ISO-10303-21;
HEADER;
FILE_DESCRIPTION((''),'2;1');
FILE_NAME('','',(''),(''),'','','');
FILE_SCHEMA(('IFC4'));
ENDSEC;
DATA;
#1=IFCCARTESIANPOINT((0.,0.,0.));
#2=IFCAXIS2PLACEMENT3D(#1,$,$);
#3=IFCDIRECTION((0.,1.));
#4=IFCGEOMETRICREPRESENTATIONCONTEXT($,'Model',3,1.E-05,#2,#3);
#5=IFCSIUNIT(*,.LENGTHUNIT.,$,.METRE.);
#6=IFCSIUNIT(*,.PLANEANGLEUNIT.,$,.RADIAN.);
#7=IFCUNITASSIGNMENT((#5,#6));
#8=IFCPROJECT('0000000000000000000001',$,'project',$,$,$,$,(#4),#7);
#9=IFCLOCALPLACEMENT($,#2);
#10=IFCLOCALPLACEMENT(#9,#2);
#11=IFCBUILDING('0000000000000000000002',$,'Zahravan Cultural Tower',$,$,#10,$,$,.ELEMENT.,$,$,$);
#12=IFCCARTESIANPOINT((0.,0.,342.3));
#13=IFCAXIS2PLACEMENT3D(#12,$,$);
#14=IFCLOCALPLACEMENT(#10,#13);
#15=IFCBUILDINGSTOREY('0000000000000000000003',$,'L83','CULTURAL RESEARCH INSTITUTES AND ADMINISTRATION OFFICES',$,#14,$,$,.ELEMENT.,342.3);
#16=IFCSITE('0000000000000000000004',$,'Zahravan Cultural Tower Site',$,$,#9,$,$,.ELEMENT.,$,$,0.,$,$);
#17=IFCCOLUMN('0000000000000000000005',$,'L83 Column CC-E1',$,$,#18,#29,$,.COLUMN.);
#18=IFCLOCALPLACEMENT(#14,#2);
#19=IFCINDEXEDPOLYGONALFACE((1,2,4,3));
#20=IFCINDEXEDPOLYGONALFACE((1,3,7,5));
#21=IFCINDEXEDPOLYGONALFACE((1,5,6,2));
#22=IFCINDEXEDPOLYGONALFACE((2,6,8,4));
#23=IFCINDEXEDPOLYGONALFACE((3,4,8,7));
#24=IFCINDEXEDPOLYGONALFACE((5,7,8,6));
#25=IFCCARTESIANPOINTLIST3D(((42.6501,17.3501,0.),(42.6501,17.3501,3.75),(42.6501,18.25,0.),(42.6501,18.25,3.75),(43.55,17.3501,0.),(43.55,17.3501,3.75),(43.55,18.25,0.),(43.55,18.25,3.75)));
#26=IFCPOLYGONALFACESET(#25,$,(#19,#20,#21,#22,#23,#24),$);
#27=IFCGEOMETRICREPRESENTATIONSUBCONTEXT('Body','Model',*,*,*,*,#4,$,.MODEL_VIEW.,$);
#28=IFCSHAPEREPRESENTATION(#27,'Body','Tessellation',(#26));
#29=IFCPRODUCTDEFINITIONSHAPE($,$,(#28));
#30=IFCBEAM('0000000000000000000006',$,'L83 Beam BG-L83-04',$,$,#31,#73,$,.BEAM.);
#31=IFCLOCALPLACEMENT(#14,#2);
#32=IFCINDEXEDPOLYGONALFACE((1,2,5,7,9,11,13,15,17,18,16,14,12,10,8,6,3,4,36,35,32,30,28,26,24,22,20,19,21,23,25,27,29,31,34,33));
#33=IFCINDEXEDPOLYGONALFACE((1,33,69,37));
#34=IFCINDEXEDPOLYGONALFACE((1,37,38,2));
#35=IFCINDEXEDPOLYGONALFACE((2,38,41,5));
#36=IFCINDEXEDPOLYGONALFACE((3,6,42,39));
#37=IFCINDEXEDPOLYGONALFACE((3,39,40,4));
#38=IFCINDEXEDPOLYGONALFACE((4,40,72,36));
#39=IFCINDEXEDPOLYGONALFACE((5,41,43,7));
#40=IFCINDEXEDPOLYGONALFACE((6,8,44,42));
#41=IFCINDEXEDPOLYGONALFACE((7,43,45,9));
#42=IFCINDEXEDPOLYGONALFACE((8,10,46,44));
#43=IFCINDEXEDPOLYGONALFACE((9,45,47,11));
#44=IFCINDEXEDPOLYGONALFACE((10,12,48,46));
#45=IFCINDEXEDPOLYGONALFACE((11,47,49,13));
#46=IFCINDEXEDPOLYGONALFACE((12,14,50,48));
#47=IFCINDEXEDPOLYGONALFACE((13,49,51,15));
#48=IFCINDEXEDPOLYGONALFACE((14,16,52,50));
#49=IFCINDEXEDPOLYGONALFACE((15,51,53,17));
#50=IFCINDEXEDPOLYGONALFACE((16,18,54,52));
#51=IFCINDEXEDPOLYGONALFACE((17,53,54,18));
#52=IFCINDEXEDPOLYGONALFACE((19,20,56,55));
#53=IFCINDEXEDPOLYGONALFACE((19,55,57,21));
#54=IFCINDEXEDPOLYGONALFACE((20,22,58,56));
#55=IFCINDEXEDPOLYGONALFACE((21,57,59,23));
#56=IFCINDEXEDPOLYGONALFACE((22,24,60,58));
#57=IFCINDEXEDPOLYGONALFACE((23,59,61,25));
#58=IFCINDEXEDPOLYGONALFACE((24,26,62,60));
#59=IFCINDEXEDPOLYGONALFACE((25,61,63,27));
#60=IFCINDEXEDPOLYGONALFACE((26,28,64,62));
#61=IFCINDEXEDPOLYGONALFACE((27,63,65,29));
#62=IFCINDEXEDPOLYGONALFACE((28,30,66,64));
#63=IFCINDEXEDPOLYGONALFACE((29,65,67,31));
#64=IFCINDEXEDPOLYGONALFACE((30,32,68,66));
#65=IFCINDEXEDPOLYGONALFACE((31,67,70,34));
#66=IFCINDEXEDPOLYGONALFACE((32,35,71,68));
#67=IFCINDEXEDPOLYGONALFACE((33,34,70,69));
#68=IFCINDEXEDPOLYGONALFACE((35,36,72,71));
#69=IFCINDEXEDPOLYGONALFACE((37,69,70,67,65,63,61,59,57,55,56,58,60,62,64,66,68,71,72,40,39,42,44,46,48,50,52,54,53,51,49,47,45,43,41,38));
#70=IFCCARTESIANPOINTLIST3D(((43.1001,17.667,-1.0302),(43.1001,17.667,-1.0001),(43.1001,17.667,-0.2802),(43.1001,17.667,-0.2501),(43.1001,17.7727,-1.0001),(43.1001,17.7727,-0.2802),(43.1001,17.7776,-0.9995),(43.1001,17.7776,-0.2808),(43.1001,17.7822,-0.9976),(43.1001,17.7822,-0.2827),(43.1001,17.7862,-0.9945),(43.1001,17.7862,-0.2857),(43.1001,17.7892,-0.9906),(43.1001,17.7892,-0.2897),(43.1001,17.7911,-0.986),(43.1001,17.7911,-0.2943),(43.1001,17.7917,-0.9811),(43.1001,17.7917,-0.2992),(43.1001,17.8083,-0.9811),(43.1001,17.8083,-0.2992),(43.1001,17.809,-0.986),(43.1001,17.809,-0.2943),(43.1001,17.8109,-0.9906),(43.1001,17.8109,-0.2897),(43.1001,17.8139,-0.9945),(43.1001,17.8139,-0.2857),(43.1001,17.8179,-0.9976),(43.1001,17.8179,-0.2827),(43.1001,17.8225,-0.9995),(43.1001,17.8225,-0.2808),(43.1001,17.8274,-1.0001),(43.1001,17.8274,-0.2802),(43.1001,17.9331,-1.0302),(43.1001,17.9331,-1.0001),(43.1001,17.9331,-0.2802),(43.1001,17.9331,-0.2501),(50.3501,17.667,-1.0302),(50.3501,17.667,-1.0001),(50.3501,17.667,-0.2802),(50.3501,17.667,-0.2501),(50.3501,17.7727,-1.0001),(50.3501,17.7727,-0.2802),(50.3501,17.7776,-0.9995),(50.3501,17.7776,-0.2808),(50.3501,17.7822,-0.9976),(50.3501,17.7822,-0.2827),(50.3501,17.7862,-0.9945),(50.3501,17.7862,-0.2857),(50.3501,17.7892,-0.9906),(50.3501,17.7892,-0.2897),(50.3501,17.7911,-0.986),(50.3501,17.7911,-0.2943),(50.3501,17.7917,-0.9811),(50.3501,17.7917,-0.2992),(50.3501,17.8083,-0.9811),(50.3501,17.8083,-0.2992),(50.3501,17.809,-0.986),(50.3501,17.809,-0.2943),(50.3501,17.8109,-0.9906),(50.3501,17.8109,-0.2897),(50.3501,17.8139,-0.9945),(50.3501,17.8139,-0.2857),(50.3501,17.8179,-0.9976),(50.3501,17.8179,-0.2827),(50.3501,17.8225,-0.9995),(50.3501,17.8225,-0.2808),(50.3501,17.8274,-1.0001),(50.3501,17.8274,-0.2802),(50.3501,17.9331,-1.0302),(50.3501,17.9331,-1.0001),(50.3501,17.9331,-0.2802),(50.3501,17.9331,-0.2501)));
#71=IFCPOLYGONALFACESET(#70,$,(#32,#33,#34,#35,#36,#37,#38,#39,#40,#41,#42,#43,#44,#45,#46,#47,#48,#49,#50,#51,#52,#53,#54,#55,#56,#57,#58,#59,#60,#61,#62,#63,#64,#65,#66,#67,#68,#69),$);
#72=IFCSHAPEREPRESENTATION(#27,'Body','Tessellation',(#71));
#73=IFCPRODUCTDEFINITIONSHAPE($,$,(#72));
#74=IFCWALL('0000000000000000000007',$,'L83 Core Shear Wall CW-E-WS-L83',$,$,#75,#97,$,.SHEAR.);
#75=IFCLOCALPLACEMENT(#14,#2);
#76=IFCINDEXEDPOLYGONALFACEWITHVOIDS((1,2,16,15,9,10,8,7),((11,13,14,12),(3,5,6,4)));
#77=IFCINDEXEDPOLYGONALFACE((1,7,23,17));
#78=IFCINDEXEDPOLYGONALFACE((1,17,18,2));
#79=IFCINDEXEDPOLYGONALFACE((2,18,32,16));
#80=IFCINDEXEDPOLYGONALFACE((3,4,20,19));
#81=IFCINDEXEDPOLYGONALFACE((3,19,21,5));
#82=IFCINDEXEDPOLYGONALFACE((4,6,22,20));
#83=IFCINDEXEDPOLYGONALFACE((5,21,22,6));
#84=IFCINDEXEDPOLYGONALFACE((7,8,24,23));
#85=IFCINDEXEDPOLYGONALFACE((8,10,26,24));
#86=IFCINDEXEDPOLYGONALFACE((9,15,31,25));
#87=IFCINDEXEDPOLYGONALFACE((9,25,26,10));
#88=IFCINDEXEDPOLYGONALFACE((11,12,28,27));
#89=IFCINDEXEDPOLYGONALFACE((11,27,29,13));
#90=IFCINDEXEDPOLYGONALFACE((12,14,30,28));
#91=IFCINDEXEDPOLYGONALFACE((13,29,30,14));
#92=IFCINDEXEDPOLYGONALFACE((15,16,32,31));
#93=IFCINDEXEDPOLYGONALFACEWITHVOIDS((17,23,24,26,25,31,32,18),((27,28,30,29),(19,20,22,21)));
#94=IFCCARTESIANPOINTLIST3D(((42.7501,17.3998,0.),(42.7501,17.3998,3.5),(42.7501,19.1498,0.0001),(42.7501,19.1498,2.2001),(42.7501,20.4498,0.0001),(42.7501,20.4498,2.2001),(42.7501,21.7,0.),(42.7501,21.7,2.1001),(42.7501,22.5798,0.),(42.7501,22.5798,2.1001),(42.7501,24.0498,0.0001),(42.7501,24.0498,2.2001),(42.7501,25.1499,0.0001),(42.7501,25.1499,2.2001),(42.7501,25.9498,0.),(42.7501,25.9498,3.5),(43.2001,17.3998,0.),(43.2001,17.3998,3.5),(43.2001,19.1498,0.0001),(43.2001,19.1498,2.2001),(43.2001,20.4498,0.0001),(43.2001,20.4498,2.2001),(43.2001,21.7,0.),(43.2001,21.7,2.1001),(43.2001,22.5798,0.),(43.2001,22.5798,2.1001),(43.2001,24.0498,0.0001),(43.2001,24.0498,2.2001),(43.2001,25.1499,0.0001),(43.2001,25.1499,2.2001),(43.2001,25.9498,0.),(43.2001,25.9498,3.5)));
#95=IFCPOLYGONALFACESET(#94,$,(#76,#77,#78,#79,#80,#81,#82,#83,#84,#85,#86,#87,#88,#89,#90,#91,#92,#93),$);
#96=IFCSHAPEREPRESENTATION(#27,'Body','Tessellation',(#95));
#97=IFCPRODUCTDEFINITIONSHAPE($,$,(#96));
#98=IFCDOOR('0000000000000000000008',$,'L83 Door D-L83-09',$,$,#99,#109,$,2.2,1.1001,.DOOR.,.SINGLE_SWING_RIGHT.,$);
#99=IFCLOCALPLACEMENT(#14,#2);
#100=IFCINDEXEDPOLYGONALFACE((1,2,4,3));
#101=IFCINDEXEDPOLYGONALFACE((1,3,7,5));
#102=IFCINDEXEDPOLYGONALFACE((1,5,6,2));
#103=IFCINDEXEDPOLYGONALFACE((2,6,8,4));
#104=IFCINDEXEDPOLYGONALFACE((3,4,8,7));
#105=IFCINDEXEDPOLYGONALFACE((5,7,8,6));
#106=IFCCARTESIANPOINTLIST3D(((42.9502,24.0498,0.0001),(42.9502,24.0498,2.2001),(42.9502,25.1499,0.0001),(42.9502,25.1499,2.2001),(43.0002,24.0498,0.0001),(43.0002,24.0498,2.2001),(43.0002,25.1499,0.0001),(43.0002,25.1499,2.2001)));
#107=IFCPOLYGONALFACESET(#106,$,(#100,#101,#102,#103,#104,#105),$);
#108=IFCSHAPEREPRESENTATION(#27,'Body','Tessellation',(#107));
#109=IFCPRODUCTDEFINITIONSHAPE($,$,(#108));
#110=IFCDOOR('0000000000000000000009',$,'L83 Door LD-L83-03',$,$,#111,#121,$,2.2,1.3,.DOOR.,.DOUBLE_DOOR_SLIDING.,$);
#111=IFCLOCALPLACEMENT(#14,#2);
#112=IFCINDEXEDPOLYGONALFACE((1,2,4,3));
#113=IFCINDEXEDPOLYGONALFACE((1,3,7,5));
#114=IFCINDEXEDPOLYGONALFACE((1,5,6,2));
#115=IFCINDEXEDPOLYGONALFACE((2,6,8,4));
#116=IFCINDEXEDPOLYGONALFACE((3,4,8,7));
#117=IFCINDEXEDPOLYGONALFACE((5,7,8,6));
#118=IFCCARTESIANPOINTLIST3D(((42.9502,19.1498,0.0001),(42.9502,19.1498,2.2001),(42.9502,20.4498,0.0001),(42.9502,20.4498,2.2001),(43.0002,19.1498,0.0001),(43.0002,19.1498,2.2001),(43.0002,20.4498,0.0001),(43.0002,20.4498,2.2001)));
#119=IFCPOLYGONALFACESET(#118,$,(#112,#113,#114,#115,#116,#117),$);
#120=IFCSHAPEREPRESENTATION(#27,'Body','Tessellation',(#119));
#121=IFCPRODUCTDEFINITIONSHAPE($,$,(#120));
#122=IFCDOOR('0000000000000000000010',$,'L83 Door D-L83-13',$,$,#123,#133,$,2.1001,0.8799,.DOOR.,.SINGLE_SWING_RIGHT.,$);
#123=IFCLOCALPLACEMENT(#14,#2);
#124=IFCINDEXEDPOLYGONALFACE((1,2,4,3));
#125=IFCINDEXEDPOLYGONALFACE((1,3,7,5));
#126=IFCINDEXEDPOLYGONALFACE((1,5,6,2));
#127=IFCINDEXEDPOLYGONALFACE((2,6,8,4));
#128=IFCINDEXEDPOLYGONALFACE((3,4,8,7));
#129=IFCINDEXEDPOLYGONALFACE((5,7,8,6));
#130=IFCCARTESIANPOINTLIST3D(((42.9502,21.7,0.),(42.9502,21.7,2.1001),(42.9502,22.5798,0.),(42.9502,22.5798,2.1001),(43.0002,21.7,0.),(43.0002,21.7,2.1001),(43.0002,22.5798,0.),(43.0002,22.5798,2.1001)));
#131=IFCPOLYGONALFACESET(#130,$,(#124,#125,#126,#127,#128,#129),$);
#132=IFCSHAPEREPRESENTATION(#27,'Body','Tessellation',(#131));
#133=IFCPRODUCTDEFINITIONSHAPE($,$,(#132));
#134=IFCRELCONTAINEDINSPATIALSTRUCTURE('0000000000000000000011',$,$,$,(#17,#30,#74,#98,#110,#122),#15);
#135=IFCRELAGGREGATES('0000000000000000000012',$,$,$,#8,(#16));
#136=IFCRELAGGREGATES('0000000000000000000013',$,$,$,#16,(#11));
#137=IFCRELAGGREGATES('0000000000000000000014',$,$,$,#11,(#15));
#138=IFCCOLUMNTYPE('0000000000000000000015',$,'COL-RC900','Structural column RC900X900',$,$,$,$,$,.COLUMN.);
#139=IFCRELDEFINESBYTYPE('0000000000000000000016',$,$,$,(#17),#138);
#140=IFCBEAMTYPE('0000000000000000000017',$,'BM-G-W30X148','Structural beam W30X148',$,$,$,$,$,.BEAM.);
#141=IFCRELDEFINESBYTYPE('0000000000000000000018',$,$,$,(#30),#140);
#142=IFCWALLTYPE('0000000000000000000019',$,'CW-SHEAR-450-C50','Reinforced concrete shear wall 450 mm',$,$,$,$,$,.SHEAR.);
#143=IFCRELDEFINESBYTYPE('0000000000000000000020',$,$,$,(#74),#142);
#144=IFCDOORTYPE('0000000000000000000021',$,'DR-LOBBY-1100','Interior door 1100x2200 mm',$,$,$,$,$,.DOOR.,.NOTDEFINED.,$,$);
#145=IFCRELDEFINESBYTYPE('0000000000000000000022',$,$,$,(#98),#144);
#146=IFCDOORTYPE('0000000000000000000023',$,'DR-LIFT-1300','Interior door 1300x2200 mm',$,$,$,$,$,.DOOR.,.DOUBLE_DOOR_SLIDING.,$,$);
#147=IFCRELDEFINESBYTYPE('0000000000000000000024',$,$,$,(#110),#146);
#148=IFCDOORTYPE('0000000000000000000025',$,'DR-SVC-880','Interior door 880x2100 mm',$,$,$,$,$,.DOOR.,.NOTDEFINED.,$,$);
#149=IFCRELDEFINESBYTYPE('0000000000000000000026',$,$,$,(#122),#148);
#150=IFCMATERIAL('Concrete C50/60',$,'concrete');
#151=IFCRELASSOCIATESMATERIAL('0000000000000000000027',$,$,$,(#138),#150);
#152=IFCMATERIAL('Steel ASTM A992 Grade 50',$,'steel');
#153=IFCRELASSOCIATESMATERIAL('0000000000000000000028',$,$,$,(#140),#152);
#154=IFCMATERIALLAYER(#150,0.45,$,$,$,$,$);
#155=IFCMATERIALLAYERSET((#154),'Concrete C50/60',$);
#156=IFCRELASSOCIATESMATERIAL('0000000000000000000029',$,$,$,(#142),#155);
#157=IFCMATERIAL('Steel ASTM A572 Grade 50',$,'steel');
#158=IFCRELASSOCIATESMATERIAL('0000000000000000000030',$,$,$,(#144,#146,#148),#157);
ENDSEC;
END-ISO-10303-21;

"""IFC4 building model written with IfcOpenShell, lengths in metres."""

from ifc_helpers import new_model, si_unit, direction, frame, frame_2d, origin, origin_2d, place, context, subcontext, project, spatial, rectangle, i_section, extrude, source, transform, mapped, material, layer, layer_set, material_profile, profile_set, type_object, element, fill, save


model = new_model("IFC4")

# Units and contexts
model_context = context("Model", 3, precision=1e-05, world=origin(), true_north=direction((0.0, 1.0)))
body_context = subcontext(model_context, "Body", "Model", "MODEL_VIEW")
ifc_project = project(units=[si_unit("LENGTHUNIT", "METRE"), si_unit("PLANEANGLEUNIT", "RADIAN")], contexts=[model_context])

# Site, building, storey
site_placement = place(None, origin())
site = spatial("IfcSite", under=ifc_project, at=site_placement, Name="Zahravan Cultural Tower Site", CompositionType="ELEMENT", RefElevation=0.0)
building_placement = place(site_placement, origin())
building = spatial("IfcBuilding", under=site, at=building_placement, Name="Zahravan Cultural Tower", CompositionType="ELEMENT")
storey_placement = place(building_placement, frame((0.0, 0.0, 342.3)))
storey = spatial("IfcBuildingStorey", under=building, at=storey_placement, Name="L83", Description="CULTURAL RESEARCH INSTITUTES AND ADMINISTRATION OFFICES", CompositionType="ELEMENT", Elevation=342.3)

# Column
ifc_material_1 = material(Name="Concrete C50/60", Category="concrete")
ifc_material_profile_1 = material_profile(ifc_material_1, rectangle(XDim=0.8999, YDim=0.8999, at=origin_2d()), Name="RC900X900")
ifc_profile_set_1 = profile_set([ifc_material_profile_1], Name="Concrete C50/60")
column_type = type_object("IfcColumnType", Name="COL-RC900", Description="Structural column RC900X900", PredefinedType="COLUMN", material=ifc_profile_set_1)
shared_shape_1 = source(origin(), body_context, "Body", "SweptSolid", [
    extrude(rectangle(XDim=0.8999, YDim=0.8999, at=origin_2d()), origin(), (0.0, 0.0, 1.0), 3.75),
])
column_placement = place(storey_placement, frame((43.1001, 17.8, 0.0), z_axis=(0.0, 0.0, 1.0), x_axis=(1.0, 0.0, 0.0)))
element("IfcColumn", 1, at=column_placement, inside=storey, type_object=column_type, Name="L83 Column CC-E1", PredefinedType="COLUMN", context=body_context, shape_type="MappedRepresentation", body=[
    mapped(shared_shape_1, transform((0.0, 0.0, 0.0), x_axis=(1.0, 0.0, 0.0), y_axis=(0.0, 1.0, 0.0), z_axis=(0.0, 0.0, 1.0), scale=1.0)),
])

# Beam
ifc_material_2 = material(Name="Steel ASTM A992 Grade 50", Category="steel")
ifc_material_profile_2 = material_profile(ifc_material_2, i_section(OverallWidth=0.2661, OverallDepth=0.78, WebThickness=0.0166, FlangeThickness=0.03, FilletRadius=0.019, at=origin_2d()), Name="W30X148")
ifc_profile_set_2 = profile_set([ifc_material_profile_2], Name="Steel ASTM A992 Grade 50")
beam_type = type_object("IfcBeamType", Name="BM-G-W30X148", Description="Structural beam W30X148", PredefinedType="BEAM", material=ifc_profile_set_2)
shared_shape_2 = source(origin(), body_context, "Body", "SweptSolid", [
    extrude(i_section(OverallWidth=0.2661, OverallDepth=0.78, WebThickness=0.0166, FlangeThickness=0.03, FilletRadius=0.019, at=origin_2d()), origin(), (0.0, 0.0, 1.0), 7.25),
])
beam_placement = place(storey_placement, frame((43.1001, 17.8, -0.6401), z_axis=(1.0, 0.0, 0.0), x_axis=(0.0, 1.0, 0.0)))
element("IfcBeam", 2, at=beam_placement, inside=storey, type_object=beam_type, Name="L83 Beam BG-L83-04", PredefinedType="BEAM", context=body_context, shape_type="MappedRepresentation", body=[
    mapped(shared_shape_2, transform((0.0, 0.0, 0.0), x_axis=(1.0, 0.0, 0.0), y_axis=(0.0, 1.0, 0.0), z_axis=(0.0, 0.0, 1.0), scale=1.0)),
])

# Wall, openings, doors
ifc_layer_1 = layer(ifc_material_1, 0.45)
ifc_layer_set_1 = layer_set([ifc_layer_1], Name="Concrete C50/60")
wall_type_1 = type_object("IfcWallType", Name="CW-SHEAR-450-C50", Description="Reinforced concrete shear wall 450 mm", PredefinedType="SHEAR", material=ifc_layer_set_1)
wall_1_placement = place(storey_placement, frame((42.9751, 17.3999, 0.0), z_axis=(0.0, 0.0, 1.0), x_axis=(0.0, 1.0, 0.0)))
wall_1 = element("IfcWall", 3, at=wall_1_placement, inside=storey, type_object=wall_type_1, Name="L83 Core Shear Wall CW-E-WS-L83", PredefinedType="SHEAR", context=body_context, shape_type="SweptSolid", body=[
    extrude(rectangle(XDim=8.55, YDim=0.45, at=frame_2d((4.2749, 0.0))), origin(), (0.0, 0.0, 1.0), 3.5),
])
opening_1_placement = place(wall_1_placement, frame((6.6499, 0.0, 0.0)))
opening_1 = element("IfcOpeningElement", 4, at=opening_1_placement, cuts=wall_1, PredefinedType="OPENING", context=body_context, shape_type="SweptSolid", body=[
    extrude(rectangle(XDim=1.1001, YDim=2.2, at=frame_2d((0.55, 1.1001))), frame((0.0, 0.2349, 0.0), z_axis=(0.0, -1.0, 0.0), x_axis=(1.0, 0.0, 0.0)), (0.0, 0.0, 1.0), 0.47),
])
opening_2_placement = place(wall_1_placement, frame((1.75, 0.0, 0.0)))
opening_2 = element("IfcOpeningElement", 5, at=opening_2_placement, cuts=wall_1, PredefinedType="OPENING", context=body_context, shape_type="SweptSolid", body=[
    extrude(rectangle(XDim=1.3, YDim=2.2, at=frame_2d((0.6499, 1.1001))), frame((0.0, 0.2349, 0.0), z_axis=(0.0, -1.0, 0.0), x_axis=(1.0, 0.0, 0.0)), (0.0, 0.0, 1.0), 0.47),
])
opening_3_placement = place(wall_1_placement, frame((4.3, 0.0, 0.0)))
opening_3 = element("IfcOpeningElement", 6, at=opening_3_placement, cuts=wall_1, PredefinedType="OPENING", context=body_context, shape_type="SweptSolid", body=[
    extrude(rectangle(XDim=0.8799, YDim=2.1001, at=frame_2d((0.4399, 1.05))), frame((0.0, 0.2349, 0.0), z_axis=(0.0, -1.0, 0.0), x_axis=(1.0, 0.0, 0.0)), (0.0, 0.0, 1.0), 0.47),
])
ifc_material_3 = material(Name="Steel ASTM A572 Grade 50", Category="steel")
door_type_1 = type_object("IfcDoorType", Name="DR-LOBBY-1100", Description="Interior door 1100x2200 mm", OperationType="NOTDEFINED", PredefinedType="DOOR", material=ifc_material_3)
shared_shape_3 = source(origin(), body_context, "Body", "SweptSolid", [
    extrude(rectangle(XDim=1.1001, YDim=2.2, at=frame_2d((0.55, 1.1001))), frame((0.0, 0.0249, 0.0), z_axis=(0.0, -1.0, 0.0), x_axis=(1.0, 0.0, 0.0)), (0.0, 0.0, 1.0), 0.05),
])
door_1_placement = place(opening_1_placement, origin())
door_1 = element("IfcDoor", 7, at=door_1_placement, inside=storey, type_object=door_type_1, Name="L83 Door D-L83-09", OperationType="SINGLE_SWING_RIGHT", OverallHeight=2.2, OverallWidth=1.1001, PredefinedType="DOOR", context=body_context, shape_type="MappedRepresentation", body=[
    mapped(shared_shape_3, transform((0.0, 0.0, 0.0), x_axis=(1.0, 0.0, 0.0), y_axis=(0.0, 1.0, 0.0), z_axis=(0.0, 0.0, 1.0), scale=1.0)),
])
fill(opening_1, door_1)
door_type_2 = type_object("IfcDoorType", Name="DR-LIFT-1300", Description="Interior door 1300x2200 mm", OperationType="DOUBLE_DOOR_SLIDING", PredefinedType="DOOR", material=ifc_material_3)
shared_shape_4 = source(origin(), body_context, "Body", "SweptSolid", [
    extrude(rectangle(XDim=1.3, YDim=2.2, at=frame_2d((0.6499, 1.1001))), frame((0.0, 0.0249, 0.0), z_axis=(0.0, -1.0, 0.0), x_axis=(1.0, 0.0, 0.0)), (0.0, 0.0, 1.0), 0.05),
])
door_2_placement = place(opening_2_placement, origin())
door_2 = element("IfcDoor", 8, at=door_2_placement, inside=storey, type_object=door_type_2, Name="L83 Door LD-L83-03", OperationType="DOUBLE_DOOR_SLIDING", OverallHeight=2.2, OverallWidth=1.3, PredefinedType="DOOR", context=body_context, shape_type="MappedRepresentation", body=[
    mapped(shared_shape_4, transform((0.0, 0.0, 0.0), x_axis=(1.0, 0.0, 0.0), y_axis=(0.0, 1.0, 0.0), z_axis=(0.0, 0.0, 1.0), scale=1.0)),
])
fill(opening_2, door_2)
door_type_3 = type_object("IfcDoorType", Name="DR-SVC-880", Description="Interior door 880x2100 mm", OperationType="NOTDEFINED", PredefinedType="DOOR", material=ifc_material_3)
shared_shape_5 = source(origin(), body_context, "Body", "SweptSolid", [
    extrude(rectangle(XDim=0.8799, YDim=2.1001, at=frame_2d((0.4399, 1.05))), frame((0.0, 0.0249, 0.0), z_axis=(0.0, -1.0, 0.0), x_axis=(1.0, 0.0, 0.0)), (0.0, 0.0, 1.0), 0.05),
])
door_3_placement = place(opening_3_placement, origin())
door_3 = element("IfcDoor", 9, at=door_3_placement, inside=storey, type_object=door_type_3, Name="L83 Door D-L83-13", OperationType="SINGLE_SWING_RIGHT", OverallHeight=2.1001, OverallWidth=0.8799, PredefinedType="DOOR", context=body_context, shape_type="MappedRepresentation", body=[
    mapped(shared_shape_5, transform((0.0, 0.0, 0.0), x_axis=(1.0, 0.0, 0.0), y_axis=(0.0, 1.0, 0.0), z_axis=(0.0, 0.0, 1.0), scale=1.0)),
])
fill(opening_3, door_3)

save(model, "model.ifc")
